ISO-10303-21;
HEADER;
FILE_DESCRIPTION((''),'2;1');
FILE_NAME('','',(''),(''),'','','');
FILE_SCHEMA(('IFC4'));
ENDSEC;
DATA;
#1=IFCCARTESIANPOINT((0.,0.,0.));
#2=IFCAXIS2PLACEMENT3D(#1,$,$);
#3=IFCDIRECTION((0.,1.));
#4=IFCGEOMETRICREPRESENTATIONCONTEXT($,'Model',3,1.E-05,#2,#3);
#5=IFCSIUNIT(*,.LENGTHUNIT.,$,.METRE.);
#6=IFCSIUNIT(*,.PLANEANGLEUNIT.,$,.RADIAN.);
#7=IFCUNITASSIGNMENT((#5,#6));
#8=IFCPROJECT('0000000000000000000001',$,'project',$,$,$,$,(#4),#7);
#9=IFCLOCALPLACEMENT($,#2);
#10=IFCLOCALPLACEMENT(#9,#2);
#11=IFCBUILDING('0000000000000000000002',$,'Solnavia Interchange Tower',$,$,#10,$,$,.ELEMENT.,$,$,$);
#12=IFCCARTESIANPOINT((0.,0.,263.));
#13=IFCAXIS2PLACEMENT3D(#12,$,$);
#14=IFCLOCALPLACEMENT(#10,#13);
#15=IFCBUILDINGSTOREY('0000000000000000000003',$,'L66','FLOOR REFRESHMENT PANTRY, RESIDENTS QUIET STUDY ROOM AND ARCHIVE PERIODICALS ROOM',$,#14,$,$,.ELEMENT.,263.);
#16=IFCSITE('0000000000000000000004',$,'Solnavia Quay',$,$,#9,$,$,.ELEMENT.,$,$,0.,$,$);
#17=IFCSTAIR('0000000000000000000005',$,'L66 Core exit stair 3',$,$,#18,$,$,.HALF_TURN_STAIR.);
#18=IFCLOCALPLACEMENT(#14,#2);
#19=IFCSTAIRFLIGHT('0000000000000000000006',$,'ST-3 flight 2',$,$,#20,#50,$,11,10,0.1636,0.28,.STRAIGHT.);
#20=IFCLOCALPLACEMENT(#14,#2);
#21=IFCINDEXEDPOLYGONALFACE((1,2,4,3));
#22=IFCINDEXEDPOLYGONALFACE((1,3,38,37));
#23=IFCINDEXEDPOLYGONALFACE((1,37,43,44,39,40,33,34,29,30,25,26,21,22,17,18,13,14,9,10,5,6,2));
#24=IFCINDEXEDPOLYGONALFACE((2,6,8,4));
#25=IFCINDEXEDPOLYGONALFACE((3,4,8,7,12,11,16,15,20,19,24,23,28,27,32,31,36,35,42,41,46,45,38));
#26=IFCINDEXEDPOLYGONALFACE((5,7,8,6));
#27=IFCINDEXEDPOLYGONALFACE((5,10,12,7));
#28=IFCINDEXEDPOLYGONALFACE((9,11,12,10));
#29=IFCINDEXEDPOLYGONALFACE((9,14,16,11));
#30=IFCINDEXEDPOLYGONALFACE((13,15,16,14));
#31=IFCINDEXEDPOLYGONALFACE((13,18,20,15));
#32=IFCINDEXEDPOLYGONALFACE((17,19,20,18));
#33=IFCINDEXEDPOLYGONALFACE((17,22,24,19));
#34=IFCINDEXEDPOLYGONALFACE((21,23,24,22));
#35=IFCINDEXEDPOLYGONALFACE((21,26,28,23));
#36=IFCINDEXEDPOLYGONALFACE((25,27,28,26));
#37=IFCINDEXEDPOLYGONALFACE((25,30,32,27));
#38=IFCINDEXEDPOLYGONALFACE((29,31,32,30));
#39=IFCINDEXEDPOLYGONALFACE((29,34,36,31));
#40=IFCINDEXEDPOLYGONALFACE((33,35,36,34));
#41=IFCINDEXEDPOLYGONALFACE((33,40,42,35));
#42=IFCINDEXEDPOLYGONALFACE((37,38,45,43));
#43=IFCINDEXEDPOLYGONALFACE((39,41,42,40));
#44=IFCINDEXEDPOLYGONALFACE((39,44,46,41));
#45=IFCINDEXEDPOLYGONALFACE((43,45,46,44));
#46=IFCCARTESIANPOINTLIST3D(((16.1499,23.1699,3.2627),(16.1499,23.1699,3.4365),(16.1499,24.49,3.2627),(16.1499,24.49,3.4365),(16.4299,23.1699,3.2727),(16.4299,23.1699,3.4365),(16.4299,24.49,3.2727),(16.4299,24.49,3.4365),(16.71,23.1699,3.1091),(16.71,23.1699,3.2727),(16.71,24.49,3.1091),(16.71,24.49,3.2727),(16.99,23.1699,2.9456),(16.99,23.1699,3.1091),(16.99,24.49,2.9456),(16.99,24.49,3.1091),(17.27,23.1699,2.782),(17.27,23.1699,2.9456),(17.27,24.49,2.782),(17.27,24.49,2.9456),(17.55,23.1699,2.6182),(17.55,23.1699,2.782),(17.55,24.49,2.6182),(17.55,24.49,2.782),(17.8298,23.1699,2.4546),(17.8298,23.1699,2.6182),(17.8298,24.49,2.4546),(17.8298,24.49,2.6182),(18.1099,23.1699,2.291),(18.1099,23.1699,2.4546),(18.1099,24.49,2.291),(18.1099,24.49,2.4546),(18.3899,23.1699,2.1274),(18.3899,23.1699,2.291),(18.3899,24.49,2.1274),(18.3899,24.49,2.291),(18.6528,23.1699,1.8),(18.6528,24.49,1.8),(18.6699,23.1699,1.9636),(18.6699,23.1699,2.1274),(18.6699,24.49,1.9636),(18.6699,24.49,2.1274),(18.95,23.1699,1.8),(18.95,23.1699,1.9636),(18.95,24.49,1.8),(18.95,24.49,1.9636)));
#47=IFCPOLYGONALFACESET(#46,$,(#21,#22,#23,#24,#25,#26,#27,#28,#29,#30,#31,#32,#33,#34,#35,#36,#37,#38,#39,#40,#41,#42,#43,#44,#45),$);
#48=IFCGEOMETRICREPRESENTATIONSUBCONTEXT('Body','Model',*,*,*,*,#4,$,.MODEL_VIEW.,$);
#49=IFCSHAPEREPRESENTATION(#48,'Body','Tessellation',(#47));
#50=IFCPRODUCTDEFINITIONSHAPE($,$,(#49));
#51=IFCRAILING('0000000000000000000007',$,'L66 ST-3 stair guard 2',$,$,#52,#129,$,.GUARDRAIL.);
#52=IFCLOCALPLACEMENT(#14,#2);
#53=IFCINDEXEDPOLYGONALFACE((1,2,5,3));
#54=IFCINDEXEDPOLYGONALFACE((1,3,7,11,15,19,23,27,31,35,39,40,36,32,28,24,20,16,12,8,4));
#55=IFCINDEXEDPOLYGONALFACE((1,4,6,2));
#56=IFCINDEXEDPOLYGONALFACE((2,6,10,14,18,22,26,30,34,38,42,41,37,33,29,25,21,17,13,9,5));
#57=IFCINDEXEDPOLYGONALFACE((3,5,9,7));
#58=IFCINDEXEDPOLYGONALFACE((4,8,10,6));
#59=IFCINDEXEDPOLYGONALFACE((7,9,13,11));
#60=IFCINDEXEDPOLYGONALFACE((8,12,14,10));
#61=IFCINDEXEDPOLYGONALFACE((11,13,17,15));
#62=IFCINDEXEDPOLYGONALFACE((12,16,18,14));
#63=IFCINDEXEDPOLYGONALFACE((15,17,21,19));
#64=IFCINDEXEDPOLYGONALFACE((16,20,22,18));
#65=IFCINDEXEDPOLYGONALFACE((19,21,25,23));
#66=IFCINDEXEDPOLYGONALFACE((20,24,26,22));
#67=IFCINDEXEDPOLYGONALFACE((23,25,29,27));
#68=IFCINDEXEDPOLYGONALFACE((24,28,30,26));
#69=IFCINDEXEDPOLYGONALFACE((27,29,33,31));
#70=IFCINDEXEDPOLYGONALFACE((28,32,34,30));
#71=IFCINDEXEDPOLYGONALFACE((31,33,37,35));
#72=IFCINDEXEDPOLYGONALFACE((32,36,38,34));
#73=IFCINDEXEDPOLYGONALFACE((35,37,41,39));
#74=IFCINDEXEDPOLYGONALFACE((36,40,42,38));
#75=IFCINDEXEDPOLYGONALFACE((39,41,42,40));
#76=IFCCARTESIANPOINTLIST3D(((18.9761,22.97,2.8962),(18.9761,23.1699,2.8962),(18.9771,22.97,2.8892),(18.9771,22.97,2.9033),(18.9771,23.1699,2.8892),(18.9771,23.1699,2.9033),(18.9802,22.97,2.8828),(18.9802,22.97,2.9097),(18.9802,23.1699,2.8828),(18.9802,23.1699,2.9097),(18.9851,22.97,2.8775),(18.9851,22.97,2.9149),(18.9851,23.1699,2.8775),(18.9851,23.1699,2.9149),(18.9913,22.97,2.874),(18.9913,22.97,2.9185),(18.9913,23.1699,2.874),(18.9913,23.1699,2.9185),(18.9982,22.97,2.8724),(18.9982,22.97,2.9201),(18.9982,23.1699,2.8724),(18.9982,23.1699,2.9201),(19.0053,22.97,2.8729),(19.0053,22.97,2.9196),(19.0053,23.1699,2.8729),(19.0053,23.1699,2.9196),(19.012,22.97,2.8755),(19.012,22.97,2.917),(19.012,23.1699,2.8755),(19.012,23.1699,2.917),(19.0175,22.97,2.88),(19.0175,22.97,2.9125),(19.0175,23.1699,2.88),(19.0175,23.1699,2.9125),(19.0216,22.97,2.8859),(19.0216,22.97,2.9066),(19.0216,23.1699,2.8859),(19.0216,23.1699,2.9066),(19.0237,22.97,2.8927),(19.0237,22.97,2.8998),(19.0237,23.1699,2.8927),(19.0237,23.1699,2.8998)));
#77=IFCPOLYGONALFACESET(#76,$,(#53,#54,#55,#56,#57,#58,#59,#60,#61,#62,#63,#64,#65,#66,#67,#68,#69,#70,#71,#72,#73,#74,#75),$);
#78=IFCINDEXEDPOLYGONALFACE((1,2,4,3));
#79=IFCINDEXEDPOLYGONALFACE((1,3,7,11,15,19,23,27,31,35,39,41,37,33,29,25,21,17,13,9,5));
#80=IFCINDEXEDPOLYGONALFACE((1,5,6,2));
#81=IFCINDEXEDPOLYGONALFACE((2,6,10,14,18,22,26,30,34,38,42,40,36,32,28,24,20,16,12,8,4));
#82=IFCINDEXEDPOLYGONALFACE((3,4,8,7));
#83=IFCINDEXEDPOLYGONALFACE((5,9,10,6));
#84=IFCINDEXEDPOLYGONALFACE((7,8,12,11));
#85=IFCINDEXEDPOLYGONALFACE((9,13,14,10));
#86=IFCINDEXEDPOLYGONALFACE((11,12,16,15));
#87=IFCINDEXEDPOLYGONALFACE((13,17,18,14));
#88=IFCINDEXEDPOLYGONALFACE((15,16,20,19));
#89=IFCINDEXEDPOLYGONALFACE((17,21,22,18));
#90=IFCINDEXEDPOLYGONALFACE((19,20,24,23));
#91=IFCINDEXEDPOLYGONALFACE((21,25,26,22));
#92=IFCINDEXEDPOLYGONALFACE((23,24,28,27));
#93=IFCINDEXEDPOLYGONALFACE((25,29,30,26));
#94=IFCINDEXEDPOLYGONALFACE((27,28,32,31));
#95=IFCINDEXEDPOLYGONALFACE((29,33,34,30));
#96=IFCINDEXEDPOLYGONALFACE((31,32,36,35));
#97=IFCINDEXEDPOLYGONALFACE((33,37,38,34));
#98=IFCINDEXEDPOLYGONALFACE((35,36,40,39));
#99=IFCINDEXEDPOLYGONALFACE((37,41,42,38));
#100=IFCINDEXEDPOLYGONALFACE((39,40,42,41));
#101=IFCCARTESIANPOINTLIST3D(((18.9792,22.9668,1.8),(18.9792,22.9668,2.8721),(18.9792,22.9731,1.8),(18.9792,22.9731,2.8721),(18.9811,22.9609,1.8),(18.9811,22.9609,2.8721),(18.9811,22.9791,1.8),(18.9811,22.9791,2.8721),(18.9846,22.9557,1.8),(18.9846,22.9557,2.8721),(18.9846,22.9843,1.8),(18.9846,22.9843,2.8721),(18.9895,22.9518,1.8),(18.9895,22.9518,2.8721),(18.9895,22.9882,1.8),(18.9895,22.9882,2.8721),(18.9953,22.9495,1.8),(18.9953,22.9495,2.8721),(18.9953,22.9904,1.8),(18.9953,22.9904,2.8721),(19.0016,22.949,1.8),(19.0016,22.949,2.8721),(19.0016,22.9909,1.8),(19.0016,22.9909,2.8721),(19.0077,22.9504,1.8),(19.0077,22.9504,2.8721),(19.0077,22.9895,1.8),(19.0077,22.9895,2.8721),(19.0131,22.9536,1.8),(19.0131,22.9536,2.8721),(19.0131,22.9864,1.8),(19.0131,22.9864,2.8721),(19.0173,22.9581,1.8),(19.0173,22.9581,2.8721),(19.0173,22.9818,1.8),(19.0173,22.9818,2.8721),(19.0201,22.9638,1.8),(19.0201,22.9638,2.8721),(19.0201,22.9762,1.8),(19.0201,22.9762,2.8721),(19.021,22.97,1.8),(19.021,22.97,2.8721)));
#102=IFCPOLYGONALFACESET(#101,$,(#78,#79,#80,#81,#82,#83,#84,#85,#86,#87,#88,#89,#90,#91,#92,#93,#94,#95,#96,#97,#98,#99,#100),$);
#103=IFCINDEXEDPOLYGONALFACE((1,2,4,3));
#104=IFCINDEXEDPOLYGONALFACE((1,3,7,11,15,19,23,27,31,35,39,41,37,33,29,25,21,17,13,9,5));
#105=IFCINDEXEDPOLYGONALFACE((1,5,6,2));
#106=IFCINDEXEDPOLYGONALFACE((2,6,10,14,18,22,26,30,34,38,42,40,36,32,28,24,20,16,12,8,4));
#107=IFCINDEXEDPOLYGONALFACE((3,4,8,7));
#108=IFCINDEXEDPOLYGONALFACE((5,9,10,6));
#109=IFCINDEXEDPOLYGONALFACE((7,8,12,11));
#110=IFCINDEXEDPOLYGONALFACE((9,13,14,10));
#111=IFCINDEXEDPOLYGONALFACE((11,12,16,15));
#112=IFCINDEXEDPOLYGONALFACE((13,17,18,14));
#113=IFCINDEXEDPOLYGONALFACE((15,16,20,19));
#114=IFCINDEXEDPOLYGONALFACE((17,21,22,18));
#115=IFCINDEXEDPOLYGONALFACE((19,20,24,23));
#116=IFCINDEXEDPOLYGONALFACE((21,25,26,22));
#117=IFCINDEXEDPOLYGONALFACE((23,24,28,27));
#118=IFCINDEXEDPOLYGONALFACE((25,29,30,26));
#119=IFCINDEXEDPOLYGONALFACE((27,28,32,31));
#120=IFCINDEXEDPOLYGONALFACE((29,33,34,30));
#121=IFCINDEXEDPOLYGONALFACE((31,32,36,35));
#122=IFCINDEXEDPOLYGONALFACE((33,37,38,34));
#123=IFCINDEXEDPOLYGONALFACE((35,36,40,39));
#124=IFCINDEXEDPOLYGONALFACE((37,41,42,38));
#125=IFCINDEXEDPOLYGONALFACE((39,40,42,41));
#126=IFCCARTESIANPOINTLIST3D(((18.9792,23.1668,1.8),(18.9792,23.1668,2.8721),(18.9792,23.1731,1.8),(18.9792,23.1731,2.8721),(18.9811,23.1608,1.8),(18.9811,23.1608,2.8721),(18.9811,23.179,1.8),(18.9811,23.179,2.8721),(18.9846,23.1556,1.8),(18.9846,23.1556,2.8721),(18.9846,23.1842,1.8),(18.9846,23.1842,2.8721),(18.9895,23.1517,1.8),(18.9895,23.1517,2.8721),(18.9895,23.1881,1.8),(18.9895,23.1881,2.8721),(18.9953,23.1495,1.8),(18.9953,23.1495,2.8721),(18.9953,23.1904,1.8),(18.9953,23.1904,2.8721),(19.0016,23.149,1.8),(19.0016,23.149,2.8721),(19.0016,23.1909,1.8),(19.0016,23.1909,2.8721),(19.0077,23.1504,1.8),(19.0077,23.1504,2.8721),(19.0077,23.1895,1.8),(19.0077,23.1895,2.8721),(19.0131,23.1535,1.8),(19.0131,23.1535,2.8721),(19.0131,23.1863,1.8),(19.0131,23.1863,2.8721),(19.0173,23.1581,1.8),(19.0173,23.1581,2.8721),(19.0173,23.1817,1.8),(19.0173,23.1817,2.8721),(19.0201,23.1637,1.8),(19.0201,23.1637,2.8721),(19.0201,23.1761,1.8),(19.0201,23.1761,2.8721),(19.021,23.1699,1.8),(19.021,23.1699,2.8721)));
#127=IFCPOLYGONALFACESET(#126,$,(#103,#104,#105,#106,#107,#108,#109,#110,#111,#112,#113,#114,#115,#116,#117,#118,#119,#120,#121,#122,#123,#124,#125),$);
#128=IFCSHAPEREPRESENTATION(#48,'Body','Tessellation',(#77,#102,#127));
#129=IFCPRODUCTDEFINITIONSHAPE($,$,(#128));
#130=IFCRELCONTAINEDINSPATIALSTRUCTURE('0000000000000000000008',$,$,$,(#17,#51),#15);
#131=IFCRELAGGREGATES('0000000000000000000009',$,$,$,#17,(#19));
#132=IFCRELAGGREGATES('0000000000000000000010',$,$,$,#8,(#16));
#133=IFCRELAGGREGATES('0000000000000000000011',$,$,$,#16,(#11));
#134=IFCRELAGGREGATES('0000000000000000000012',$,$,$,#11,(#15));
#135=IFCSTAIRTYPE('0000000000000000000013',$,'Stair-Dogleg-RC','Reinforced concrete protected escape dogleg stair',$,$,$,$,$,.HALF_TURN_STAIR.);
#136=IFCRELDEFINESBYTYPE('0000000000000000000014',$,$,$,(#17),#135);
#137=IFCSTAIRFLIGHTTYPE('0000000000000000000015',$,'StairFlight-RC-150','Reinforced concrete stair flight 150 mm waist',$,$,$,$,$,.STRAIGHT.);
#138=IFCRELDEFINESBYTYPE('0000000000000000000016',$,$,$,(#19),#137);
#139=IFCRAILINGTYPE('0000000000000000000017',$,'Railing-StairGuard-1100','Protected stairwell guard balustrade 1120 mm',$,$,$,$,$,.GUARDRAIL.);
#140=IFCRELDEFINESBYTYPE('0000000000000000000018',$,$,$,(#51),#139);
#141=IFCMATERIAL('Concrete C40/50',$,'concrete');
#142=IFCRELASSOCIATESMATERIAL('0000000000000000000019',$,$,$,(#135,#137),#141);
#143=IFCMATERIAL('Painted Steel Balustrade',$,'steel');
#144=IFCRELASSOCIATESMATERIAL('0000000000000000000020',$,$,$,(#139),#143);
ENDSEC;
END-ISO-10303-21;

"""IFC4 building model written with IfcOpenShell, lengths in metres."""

from ifc_helpers import new_model, si_unit, direction, frame, origin, origin_2d, place, context, subcontext, project, spatial, polyline, circle, outline, extrude, material, type_object, element, aggregate, save


model = new_model("IFC4")

# Units and contexts
model_context = context("Model", 3, precision=1e-05, world=origin(), true_north=direction((0.0, 1.0)))
body_context = subcontext(model_context, "Body", "Model", "MODEL_VIEW")
ifc_project = project(units=[si_unit("LENGTHUNIT", "METRE"), si_unit("PLANEANGLEUNIT", "RADIAN")], contexts=[model_context])

# Site, building, storey
site_placement = place(None, origin())
site = spatial("IfcSite", under=ifc_project, at=site_placement, Name="Solnavia Quay", CompositionType="ELEMENT", RefElevation=0.0)
building_placement = place(site_placement, origin())
building = spatial("IfcBuilding", under=site, at=building_placement, Name="Solnavia Interchange Tower", CompositionType="ELEMENT")
storey_placement = place(building_placement, frame((0.0, 0.0, 263.0)))
storey = spatial("IfcBuildingStorey", under=building, at=storey_placement, Name="L66", Description="FLOOR REFRESHMENT PANTRY, RESIDENTS QUIET STUDY ROOM AND ARCHIVE PERIODICALS ROOM", CompositionType="ELEMENT", Elevation=263.0)

# Shared definitions
ifc_material_1 = material(Name="Concrete C40/50", Category="concrete")

# Stair, stair flight
stair_type = type_object("IfcStairType", Name="Stair-Dogleg-RC", Description="Reinforced concrete protected escape dogleg stair", PredefinedType="HALF_TURN_STAIR", material=ifc_material_1)
stair_placement = place(storey_placement, origin())
stair = element("IfcStair", 1, at=stair_placement, inside=storey, type_object=stair_type, Name="L66 Core exit stair 3", PredefinedType="HALF_TURN_STAIR")
stair_flight_type = type_object("IfcStairFlightType", Name="StairFlight-RC-150", Description="Reinforced concrete stair flight 150 mm waist", PredefinedType="STRAIGHT", material=ifc_material_1)
stair_flight_placement = place(storey_placement, frame((18.95, 23.8301, 1.8), z_axis=(0.0, 0.0, 1.0), x_axis=(-1.0, 0.0, 0.0)))
stair_flight = element("IfcStairFlight", 2, at=stair_flight_placement, type_object=stair_flight_type, Name="ST-3 flight 2", NumberOfRisers=11, NumberOfTreads=10, PredefinedType="STRAIGHT", RiserHeight=0.1636, TreadLength=0.28, context=body_context, shape_type="SweptSolid", body=[
    extrude(outline(polyline([(0.0, 0.0), (0.0, 0.1636), (0.28, 0.1636), (0.28, 0.3274), (0.5601, 0.3274), (0.5601, 0.491), (0.8401, 0.491), (0.8401, 0.6545), (1.1201, 0.6545), (1.1201, 0.8181), (1.3999, 0.8181), (1.3999, 0.9819), (1.6799, 0.9819), (1.6799, 1.1455), (1.96, 1.1455), (1.96, 1.3091), (2.24, 1.3091), (2.24, 1.4727), (2.52, 1.4727), (2.52, 1.6365), (2.8, 1.6365), (2.8, 1.8), (2.8, 1.4626), (0.2971, 0.0), (0.0, 0.0)])), frame((0.0, 0.6602, 0.0), z_axis=(0.0, -1.0, 0.0), x_axis=(1.0, 0.0, 0.0)), (0.0, 0.0, 1.0), 1.3201),
])
aggregate(stair, [stair_flight])

# Railing
ifc_material_2 = material(Name="Painted Steel Balustrade", Category="steel")
railing_type = type_object("IfcRailingType", Name="Railing-StairGuard-1100", Description="Protected stairwell guard balustrade 1120 mm", PredefinedType="GUARDRAIL", material=ifc_material_2)
railing_1_placement = place(storey_placement, frame((19.0, 22.97, 1.8)))
element("IfcRailing", 3, at=railing_1_placement, inside=storey, type_object=railing_type, Name="L66 ST-3 stair guard 2", PredefinedType="GUARDRAIL", context=body_context, shape_type="SweptSolid", body=[
    extrude(circle(Radius=0.0239, at=origin_2d()), frame((0.0, 0.0, 1.0962), z_axis=(0.0, 1.0, 0.0), x_axis=(-1.0, 0.0, 0.0)), (0.0, 0.0, 1.0), 0.2),
    extrude(circle(Radius=0.021, at=origin_2d()), origin(), (0.0, 0.0, 1.0), 1.072),
    extrude(circle(Radius=0.021, at=origin_2d()), frame((0.0, 0.2, 0.0)), (0.0, 0.0, 1.0), 1.072),
])

save(model, "model.ifc")
